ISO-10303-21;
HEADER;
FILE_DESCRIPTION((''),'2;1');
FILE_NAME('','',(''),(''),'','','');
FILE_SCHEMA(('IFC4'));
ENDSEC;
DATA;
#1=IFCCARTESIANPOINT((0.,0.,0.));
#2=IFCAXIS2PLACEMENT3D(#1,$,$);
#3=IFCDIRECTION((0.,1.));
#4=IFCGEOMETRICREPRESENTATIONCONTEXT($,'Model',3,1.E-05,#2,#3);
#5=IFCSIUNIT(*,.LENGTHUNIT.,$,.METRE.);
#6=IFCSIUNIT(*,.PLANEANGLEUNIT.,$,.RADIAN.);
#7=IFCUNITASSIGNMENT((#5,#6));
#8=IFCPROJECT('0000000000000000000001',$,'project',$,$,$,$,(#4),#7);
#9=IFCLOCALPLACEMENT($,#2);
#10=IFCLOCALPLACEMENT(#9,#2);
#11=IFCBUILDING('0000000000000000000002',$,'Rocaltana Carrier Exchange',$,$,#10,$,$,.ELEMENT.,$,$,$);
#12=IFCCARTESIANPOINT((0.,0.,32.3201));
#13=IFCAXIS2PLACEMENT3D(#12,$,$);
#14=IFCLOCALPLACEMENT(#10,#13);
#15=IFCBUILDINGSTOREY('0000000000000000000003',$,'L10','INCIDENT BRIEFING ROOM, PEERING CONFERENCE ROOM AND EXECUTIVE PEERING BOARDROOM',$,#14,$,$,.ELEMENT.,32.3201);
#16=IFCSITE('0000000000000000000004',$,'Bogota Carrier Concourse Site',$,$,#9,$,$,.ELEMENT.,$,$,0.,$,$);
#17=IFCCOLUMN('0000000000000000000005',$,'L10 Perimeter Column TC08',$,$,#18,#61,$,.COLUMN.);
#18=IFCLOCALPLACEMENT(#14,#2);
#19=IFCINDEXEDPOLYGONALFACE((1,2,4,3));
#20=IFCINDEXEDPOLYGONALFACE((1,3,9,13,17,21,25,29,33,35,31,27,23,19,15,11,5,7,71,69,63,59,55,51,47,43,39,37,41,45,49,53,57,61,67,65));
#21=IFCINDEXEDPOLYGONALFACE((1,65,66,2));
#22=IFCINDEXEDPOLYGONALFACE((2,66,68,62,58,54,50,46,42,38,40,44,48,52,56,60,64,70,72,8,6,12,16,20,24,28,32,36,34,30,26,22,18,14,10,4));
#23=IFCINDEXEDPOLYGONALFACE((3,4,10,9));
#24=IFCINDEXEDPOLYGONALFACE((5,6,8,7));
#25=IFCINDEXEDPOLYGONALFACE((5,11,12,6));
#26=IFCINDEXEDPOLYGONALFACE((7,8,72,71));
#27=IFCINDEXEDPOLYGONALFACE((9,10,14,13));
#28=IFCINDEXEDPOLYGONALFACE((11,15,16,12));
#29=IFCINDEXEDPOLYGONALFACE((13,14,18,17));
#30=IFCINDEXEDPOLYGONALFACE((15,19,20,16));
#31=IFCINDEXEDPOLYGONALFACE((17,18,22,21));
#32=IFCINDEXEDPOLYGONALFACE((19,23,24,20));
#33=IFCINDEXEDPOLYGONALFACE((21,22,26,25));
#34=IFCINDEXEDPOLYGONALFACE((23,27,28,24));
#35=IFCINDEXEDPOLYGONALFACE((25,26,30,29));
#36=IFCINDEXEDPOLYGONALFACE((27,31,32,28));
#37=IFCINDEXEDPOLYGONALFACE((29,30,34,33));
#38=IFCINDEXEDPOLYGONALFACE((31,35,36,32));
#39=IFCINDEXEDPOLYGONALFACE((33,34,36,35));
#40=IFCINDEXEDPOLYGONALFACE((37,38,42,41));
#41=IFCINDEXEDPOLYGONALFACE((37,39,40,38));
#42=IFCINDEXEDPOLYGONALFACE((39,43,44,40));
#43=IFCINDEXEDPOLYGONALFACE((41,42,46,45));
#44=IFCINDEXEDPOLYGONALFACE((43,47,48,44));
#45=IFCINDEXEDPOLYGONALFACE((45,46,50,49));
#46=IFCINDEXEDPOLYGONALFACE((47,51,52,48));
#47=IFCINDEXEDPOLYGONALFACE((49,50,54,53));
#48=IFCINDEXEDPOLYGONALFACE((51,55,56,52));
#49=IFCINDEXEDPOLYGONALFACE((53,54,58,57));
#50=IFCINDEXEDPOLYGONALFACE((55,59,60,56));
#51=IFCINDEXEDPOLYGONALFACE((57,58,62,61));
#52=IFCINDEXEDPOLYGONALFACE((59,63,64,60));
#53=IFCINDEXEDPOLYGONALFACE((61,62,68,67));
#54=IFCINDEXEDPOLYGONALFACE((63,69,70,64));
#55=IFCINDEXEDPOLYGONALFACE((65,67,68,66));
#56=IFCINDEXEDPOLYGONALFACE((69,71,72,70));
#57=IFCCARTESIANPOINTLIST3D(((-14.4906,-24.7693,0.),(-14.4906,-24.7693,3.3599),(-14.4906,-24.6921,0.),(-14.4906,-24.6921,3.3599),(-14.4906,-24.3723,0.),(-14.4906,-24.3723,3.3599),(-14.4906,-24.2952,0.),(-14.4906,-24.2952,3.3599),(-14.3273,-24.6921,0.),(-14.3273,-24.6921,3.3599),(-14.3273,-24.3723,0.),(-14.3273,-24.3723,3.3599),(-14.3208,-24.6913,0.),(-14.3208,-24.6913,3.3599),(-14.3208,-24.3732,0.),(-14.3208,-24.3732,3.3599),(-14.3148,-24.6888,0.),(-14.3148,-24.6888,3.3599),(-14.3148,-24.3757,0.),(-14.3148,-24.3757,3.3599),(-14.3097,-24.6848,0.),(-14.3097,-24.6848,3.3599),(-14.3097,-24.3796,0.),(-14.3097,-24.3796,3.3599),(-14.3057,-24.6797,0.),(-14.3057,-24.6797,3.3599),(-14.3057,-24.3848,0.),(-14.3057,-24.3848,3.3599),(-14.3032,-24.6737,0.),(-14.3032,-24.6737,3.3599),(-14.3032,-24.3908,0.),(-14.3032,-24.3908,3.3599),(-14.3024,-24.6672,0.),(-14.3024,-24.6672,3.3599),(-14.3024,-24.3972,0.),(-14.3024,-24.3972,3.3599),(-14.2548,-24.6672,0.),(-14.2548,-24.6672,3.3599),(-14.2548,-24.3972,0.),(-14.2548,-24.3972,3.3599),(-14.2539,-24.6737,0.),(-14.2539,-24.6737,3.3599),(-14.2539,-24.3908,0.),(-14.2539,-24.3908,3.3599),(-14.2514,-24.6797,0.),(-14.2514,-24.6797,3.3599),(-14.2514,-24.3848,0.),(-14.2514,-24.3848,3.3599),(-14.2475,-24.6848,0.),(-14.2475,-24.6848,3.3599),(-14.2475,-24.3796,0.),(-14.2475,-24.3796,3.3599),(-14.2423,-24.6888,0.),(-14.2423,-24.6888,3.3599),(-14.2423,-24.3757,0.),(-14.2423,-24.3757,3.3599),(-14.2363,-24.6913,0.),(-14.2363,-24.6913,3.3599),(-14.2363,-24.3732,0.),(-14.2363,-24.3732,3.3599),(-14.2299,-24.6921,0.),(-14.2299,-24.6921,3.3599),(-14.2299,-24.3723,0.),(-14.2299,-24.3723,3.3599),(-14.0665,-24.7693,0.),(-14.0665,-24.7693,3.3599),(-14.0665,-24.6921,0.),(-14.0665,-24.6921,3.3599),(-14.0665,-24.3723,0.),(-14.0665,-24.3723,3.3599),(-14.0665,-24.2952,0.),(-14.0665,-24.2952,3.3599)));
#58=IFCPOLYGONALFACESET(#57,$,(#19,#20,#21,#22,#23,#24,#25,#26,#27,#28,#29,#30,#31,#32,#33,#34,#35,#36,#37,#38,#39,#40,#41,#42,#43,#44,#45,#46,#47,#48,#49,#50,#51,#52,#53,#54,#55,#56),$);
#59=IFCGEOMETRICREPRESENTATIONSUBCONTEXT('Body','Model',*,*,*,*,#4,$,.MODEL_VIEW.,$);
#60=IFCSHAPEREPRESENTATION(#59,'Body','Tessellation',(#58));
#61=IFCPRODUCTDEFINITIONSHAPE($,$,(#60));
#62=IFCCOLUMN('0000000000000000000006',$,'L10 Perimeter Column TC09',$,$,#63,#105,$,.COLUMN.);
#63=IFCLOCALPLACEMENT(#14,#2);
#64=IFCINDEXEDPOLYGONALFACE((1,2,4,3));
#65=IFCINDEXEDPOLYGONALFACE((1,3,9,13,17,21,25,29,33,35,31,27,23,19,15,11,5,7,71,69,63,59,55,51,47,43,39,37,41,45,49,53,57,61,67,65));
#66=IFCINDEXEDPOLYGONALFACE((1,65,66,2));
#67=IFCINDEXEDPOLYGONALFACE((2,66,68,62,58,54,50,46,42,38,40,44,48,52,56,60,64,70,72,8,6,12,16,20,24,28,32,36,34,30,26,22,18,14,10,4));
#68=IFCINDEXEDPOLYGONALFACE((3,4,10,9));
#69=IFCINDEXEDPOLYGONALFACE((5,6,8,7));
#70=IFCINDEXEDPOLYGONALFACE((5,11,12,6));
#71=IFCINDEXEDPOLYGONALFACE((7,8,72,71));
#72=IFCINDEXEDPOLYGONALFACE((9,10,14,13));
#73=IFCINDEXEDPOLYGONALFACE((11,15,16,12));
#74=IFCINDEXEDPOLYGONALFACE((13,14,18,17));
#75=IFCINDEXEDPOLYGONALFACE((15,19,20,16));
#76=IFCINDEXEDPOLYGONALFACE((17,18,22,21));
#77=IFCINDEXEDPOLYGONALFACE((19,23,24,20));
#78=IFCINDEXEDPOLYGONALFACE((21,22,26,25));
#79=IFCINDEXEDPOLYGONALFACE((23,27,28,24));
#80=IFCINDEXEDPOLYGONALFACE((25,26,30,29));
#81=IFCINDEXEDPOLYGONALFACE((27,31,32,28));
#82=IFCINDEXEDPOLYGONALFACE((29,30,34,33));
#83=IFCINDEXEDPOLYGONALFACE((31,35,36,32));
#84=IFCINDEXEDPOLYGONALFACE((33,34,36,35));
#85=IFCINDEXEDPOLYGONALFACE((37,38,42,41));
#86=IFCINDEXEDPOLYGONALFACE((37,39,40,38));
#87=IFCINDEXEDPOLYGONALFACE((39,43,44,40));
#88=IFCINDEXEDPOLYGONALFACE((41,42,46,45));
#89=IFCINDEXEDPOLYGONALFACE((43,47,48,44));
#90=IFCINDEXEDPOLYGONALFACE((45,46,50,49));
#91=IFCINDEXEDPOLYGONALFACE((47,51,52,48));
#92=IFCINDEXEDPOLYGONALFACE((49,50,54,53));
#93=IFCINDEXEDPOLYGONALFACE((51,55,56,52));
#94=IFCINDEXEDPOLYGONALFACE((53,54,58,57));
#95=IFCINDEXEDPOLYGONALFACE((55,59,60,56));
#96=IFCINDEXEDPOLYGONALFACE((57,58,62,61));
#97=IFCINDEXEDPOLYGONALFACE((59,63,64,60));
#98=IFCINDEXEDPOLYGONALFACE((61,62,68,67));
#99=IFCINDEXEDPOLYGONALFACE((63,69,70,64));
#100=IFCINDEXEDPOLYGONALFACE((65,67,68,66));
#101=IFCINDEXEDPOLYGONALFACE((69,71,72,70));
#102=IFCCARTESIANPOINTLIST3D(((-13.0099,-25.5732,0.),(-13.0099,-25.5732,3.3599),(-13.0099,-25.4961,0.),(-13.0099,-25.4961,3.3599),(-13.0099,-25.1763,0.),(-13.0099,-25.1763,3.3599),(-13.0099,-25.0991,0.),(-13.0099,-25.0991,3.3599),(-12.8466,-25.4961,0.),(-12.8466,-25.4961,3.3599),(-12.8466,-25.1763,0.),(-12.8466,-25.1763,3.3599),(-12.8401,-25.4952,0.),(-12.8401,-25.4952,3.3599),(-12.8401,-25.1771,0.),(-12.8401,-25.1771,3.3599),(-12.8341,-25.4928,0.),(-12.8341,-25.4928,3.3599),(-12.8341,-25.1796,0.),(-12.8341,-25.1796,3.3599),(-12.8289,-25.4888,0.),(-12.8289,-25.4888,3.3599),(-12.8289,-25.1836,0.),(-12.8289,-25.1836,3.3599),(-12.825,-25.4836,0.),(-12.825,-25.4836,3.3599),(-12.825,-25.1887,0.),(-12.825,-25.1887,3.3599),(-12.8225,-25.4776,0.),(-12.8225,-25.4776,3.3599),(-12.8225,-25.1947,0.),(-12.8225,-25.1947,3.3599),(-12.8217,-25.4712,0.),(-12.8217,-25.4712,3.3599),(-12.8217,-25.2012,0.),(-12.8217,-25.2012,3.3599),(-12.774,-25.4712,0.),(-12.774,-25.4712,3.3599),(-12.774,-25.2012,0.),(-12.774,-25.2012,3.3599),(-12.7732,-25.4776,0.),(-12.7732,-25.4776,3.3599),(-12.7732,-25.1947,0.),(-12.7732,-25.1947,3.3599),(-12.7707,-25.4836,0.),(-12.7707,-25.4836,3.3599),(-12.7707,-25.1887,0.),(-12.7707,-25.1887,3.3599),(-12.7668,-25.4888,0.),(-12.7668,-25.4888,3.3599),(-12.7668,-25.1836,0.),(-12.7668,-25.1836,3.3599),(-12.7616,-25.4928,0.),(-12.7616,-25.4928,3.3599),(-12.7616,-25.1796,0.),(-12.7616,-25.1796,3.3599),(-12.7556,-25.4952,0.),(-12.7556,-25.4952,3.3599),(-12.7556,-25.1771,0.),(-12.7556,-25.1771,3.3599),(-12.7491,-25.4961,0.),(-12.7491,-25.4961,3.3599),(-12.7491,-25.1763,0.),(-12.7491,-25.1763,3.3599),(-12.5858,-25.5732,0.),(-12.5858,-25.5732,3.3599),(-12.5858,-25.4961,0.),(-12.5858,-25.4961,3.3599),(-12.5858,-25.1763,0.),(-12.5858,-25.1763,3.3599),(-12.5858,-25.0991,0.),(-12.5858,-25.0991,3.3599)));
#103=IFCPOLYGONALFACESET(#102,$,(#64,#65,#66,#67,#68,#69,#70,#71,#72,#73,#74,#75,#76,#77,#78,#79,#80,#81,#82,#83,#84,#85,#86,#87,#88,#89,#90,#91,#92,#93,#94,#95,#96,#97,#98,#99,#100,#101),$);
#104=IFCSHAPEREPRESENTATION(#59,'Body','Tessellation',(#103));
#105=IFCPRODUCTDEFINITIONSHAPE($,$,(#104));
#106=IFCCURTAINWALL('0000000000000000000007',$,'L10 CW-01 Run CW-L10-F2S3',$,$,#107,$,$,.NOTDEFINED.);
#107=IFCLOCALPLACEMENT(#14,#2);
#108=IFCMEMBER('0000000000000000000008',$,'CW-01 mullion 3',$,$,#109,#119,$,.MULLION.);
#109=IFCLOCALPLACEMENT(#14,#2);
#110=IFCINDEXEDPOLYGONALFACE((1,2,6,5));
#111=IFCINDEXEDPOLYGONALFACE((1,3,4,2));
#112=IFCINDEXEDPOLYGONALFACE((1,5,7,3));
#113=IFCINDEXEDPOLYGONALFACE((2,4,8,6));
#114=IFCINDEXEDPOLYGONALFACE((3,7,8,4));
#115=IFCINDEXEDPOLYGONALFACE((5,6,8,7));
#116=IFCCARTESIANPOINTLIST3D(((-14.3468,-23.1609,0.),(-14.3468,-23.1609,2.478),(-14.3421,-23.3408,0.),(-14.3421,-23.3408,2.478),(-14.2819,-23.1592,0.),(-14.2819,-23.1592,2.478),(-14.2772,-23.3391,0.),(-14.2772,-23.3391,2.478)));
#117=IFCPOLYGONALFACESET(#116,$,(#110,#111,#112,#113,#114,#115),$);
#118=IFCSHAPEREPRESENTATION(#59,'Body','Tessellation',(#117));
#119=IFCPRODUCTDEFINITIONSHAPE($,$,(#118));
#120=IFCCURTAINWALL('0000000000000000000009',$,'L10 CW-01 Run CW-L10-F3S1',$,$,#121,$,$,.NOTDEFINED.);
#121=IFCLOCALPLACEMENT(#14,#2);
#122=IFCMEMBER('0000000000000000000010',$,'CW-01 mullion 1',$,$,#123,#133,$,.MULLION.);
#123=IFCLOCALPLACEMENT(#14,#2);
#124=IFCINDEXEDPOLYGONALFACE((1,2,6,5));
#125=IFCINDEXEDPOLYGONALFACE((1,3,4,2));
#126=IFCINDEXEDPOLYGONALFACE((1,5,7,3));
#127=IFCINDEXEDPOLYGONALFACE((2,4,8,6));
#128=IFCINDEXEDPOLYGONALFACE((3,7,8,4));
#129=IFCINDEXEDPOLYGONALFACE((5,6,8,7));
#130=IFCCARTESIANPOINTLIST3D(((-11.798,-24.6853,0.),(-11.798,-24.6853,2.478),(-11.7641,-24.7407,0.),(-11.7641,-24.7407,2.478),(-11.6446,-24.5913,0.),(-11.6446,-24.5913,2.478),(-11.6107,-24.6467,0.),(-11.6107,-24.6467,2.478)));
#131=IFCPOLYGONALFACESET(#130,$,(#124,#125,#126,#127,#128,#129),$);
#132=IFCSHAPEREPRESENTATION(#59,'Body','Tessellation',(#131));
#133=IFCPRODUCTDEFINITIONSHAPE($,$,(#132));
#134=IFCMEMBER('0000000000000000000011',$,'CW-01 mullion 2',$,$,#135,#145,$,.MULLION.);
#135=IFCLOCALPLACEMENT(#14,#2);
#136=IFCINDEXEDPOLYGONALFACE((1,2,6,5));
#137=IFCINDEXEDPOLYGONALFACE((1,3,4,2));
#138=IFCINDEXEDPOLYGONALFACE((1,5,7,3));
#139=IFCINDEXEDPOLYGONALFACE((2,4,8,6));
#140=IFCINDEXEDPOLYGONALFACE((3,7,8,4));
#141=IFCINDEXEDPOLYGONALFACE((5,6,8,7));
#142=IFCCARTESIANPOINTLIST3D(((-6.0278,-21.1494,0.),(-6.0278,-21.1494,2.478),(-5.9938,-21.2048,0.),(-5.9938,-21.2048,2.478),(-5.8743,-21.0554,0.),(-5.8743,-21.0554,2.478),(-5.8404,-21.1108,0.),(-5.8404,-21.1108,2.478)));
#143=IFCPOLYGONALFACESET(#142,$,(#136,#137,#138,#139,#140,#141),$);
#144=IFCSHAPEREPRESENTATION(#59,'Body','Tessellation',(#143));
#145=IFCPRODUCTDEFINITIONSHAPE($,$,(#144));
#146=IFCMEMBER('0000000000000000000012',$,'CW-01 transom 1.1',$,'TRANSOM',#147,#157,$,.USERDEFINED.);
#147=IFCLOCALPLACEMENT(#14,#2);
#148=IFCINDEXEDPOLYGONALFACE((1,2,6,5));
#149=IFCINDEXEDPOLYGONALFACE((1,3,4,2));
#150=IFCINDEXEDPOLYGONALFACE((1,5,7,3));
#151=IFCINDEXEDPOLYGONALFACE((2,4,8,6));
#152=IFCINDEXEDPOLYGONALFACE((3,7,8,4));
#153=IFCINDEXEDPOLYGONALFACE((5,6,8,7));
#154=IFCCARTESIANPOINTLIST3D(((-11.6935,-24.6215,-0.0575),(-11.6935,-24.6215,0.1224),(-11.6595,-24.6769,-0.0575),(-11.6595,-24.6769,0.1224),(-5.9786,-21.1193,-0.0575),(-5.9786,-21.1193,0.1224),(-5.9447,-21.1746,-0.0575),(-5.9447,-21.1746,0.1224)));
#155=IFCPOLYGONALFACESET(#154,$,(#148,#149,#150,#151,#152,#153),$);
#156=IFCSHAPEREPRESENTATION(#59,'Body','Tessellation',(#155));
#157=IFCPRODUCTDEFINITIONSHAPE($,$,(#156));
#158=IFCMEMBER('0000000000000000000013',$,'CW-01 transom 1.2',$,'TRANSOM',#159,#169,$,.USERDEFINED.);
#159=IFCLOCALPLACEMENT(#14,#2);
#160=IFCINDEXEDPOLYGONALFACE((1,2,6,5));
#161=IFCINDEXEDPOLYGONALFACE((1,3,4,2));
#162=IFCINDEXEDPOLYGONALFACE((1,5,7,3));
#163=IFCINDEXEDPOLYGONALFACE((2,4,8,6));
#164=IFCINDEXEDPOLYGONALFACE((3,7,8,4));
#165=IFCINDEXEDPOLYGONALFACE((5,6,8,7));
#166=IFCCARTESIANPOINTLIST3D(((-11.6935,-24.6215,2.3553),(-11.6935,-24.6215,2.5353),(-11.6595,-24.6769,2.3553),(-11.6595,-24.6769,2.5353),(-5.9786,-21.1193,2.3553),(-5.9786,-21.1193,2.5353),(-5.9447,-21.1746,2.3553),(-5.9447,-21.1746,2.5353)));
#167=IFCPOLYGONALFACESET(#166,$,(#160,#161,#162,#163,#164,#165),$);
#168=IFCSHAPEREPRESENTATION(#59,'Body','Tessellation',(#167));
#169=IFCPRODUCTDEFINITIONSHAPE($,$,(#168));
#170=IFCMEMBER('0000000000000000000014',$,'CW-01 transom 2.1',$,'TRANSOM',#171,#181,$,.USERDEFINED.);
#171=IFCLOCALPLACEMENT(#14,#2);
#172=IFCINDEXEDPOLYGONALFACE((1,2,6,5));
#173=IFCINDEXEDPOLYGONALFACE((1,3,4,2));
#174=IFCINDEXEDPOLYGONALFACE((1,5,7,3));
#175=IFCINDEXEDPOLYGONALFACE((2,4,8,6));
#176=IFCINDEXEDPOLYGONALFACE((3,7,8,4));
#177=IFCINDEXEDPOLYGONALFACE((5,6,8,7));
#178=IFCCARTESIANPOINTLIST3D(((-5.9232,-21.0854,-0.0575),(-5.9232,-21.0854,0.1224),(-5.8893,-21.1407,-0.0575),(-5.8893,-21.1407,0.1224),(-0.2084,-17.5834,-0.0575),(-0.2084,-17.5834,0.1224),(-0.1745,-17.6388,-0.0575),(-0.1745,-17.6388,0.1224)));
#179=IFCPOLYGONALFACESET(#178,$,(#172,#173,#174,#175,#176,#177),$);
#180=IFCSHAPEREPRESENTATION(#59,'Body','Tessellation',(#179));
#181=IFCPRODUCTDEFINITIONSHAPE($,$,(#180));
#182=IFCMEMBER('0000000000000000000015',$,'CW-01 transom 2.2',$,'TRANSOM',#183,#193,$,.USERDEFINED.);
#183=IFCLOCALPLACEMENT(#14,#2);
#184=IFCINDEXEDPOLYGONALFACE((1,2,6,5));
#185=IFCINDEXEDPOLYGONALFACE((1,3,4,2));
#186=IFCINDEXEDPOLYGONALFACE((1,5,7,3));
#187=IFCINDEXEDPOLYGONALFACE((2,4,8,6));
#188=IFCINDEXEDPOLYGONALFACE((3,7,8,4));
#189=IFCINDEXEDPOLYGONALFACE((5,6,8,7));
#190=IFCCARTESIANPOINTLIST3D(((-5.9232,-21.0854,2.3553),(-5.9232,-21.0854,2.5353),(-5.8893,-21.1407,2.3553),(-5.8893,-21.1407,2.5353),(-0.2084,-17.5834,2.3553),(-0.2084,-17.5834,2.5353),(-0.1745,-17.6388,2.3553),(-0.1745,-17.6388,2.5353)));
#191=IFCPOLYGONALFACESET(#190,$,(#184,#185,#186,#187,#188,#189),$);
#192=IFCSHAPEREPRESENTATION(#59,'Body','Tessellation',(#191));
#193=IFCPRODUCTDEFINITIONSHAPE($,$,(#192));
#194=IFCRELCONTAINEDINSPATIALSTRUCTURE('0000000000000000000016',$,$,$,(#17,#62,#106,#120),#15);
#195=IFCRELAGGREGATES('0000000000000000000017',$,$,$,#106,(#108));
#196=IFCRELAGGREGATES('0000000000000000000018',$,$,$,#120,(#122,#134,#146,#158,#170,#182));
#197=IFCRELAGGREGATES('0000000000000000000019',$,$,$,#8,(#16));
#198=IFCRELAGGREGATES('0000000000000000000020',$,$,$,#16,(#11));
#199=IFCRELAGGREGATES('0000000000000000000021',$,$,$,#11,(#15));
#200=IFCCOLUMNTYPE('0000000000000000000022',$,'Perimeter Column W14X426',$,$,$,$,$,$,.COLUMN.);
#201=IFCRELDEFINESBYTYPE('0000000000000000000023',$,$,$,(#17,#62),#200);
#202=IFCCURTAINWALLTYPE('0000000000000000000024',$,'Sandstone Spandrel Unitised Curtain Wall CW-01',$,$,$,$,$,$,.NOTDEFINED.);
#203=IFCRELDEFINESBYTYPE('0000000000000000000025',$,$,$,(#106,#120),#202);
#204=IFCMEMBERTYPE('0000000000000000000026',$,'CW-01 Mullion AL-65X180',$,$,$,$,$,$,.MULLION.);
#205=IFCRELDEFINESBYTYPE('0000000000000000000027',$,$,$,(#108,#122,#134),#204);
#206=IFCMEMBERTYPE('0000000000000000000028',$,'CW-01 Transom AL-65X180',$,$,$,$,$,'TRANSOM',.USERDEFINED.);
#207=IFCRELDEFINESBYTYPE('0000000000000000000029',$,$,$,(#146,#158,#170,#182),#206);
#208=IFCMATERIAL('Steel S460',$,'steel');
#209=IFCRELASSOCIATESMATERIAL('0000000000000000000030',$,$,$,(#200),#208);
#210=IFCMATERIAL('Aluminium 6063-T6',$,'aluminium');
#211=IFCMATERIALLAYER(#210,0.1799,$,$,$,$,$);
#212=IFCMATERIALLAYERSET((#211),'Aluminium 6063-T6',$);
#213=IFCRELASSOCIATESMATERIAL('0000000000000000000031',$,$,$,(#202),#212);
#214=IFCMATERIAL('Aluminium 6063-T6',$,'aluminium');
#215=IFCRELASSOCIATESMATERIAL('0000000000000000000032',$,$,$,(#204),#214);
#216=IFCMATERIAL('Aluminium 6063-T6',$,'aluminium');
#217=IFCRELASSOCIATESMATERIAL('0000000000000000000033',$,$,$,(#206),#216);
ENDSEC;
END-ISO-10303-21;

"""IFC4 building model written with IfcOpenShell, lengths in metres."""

from ifc_helpers import new_model, si_unit, direction, frame, origin, origin_2d, place, context, subcontext, project, spatial, rectangle, i_section, extrude, material, layer, layer_set, material_profile, profile_set, type_object, element, aggregate, save


model = new_model("IFC4")

# Units and contexts
model_context = context("Model", 3, precision=1e-05, world=origin(), true_north=direction((0.0, 1.0)))
body_context = subcontext(model_context, "Body", "Model", "MODEL_VIEW")
ifc_project = project(units=[si_unit("LENGTHUNIT", "METRE"), si_unit("PLANEANGLEUNIT", "RADIAN")], contexts=[model_context])

# Site, building, storey
site_placement = place(None, origin())
site = spatial("IfcSite", under=ifc_project, at=site_placement, Name="Bogota Carrier Concourse Site", CompositionType="ELEMENT", RefElevation=0.0)
building_placement = place(site_placement, origin())
building = spatial("IfcBuilding", under=site, at=building_placement, Name="Rocaltana Carrier Exchange", CompositionType="ELEMENT")
storey_placement = place(building_placement, frame((0.0, 0.0, 32.3201)))
storey = spatial("IfcBuildingStorey", under=building, at=storey_placement, Name="L10", Description="INCIDENT BRIEFING ROOM, PEERING CONFERENCE ROOM AND EXECUTIVE PEERING BOARDROOM", CompositionType="ELEMENT", Elevation=32.3201)

# Columns
ifc_material_1 = material(Name="Steel S460", Category="steel")
ifc_material_profile_1 = material_profile(ifc_material_1, i_section(OverallWidth=0.4241, OverallDepth=0.4741, WebThickness=0.0476, FlangeThickness=0.0771, FilletRadius=0.0249, at=origin_2d()), Name="W14X426")
ifc_profile_set_1 = profile_set([ifc_material_profile_1], Name="Steel S460")
column_type = type_object("IfcColumnType", Name="Perimeter Column W14X426", PredefinedType="COLUMN", material=ifc_profile_set_1)
for number, where, z_axis, x_axis, name in (
    (1, (-14.2786, -24.5322, 0.0), (0.0, 0.0, 1.0), (1.0, 0.0, 0.0), "L10 Perimeter Column TC08"),
    (2, (-12.7979, -25.3362, 0.0), (0.0, 0.0, 1.0), (1.0, 0.0, 0.0), "L10 Perimeter Column TC09"),
):
    element("IfcColumn", number, at=place(storey_placement, frame(where, z_axis=z_axis, x_axis=x_axis)), inside=storey, type_object=column_type, Name=name, PredefinedType="COLUMN", context=body_context, shape_type="SweptSolid", body=[
        extrude(i_section(OverallWidth=0.4241, OverallDepth=0.4741, WebThickness=0.0476, FlangeThickness=0.0771, FilletRadius=0.0249, at=origin_2d()), origin(), (0.0, 0.0, 1.0), 3.3599),
    ])

# Curtain wall, member
ifc_material_2 = material(Name="Aluminium 6063-T6", Category="aluminium")
ifc_layer_1 = layer(ifc_material_2, 0.1799)
ifc_layer_set_1 = layer_set([ifc_layer_1], Name="Aluminium 6063-T6")
curtain_wall_type = type_object("IfcCurtainWallType", Name="Sandstone Spandrel Unitised Curtain Wall CW-01", PredefinedType="NOTDEFINED", material=ifc_layer_set_1)
curtain_wall_1_placement = place(storey_placement, origin())
curtain_wall_1 = element("IfcCurtainWall", 3, at=curtain_wall_1_placement, inside=storey, type_object=curtain_wall_type, Name="L10 CW-01 Run CW-L10-F2S3", PredefinedType="NOTDEFINED")
ifc_material_3 = material(Name="Aluminium 6063-T6", Category="aluminium")
ifc_material_profile_2 = material_profile(ifc_material_3, rectangle(XDim=0.0649, YDim=0.1799, at=origin_2d()), Name="AL-65X180")
ifc_profile_set_2 = profile_set([ifc_material_profile_2], Name="Aluminium 6063-T6")
member_type_1 = type_object("IfcMemberType", Name="CW-01 Mullion AL-65X180", PredefinedType="MULLION", material=ifc_profile_set_2)
member_1_placement = place(storey_placement, frame((-14.312, -23.25, 0.0), z_axis=(0.0, 0.0, 1.0), x_axis=(0.999657, 0.026184, 0.0)))
member_1 = element("IfcMember", 4, at=member_1_placement, type_object=member_type_1, Name="CW-01 mullion 3", PredefinedType="MULLION", context=body_context, shape_type="SweptSolid", body=[
    extrude(rectangle(XDim=0.0649, YDim=0.1799, at=origin_2d()), origin(), (0.0, 0.0, 1.0), 2.478),
])
aggregate(curtain_wall_1, [member_1])

# Curtain wall, members
curtain_wall_2_placement = place(storey_placement, origin())
curtain_wall_2 = element("IfcCurtainWall", 5, at=curtain_wall_2_placement, inside=storey, type_object=curtain_wall_type, Name="L10 CW-01 Run CW-L10-F3S1", PredefinedType="NOTDEFINED")
member_2_placement = place(storey_placement, frame((-11.7043, -24.666, 0.0), z_axis=(0.0, 0.0, 1.0), x_axis=(-0.522505, 0.852636, 0.0)))
member_2 = element("IfcMember", 6, at=member_2_placement, type_object=member_type_1, Name="CW-01 mullion 1", PredefinedType="MULLION", context=body_context, shape_type="SweptSolid", body=[
    extrude(rectangle(XDim=0.0649, YDim=0.1799, at=origin_2d()), origin(), (0.0, 0.0, 1.0), 2.478),
])
member_3_placement = place(storey_placement, frame((-5.9341, -21.1301, 0.0), z_axis=(0.0, 0.0, 1.0), x_axis=(-0.522505, 0.852636, 0.0)))
member_3 = element("IfcMember", 7, at=member_3_placement, type_object=member_type_1, Name="CW-01 mullion 2", PredefinedType="MULLION", context=body_context, shape_type="SweptSolid", body=[
    extrude(rectangle(XDim=0.0649, YDim=0.1799, at=origin_2d()), origin(), (0.0, 0.0, 1.0), 2.478),
])
ifc_material_4 = material(Name="Aluminium 6063-T6", Category="aluminium")
ifc_material_profile_3 = material_profile(ifc_material_4, rectangle(XDim=0.0649, YDim=0.1799, at=origin_2d()), Name="AL-65X180")
ifc_profile_set_3 = profile_set([ifc_material_profile_3], Name="Aluminium 6063-T6")
member_type_2 = type_object("IfcMemberType", Name="CW-01 Transom AL-65X180", ElementType="TRANSOM", PredefinedType="USERDEFINED", material=ifc_profile_set_3)
member_4_placement = place(storey_placement, frame((-11.6765, -24.6492, 0.0325), z_axis=(0.852631, 0.522513, 0.0), x_axis=(-0.522513, 0.852631, 0.0)))
member_4 = element("IfcMember", 8, at=member_4_placement, type_object=member_type_2, Name="CW-01 transom 1.1", ObjectType="TRANSOM", PredefinedType="USERDEFINED", context=body_context, shape_type="SweptSolid", body=[
    extrude(rectangle(XDim=0.0649, YDim=0.1799, at=origin_2d()), origin(), (0.0, 0.0, 1.0), 6.7026),
])
member_5_placement = place(storey_placement, frame((-11.6765, -24.6492, 2.4453), z_axis=(0.852631, 0.522513, 0.0), x_axis=(-0.522513, 0.852631, 0.0)))
member_5 = element("IfcMember", 9, at=member_5_placement, type_object=member_type_2, Name="CW-01 transom 1.2", ObjectType="TRANSOM", PredefinedType="USERDEFINED", context=body_context, shape_type="SweptSolid", body=[
    extrude(rectangle(XDim=0.0649, YDim=0.1799, at=origin_2d()), origin(), (0.0, 0.0, 1.0), 6.7026),
])
member_6_placement = place(storey_placement, frame((-5.9062, -21.113, 0.0325), z_axis=(0.852647, 0.522487, 0.0), x_axis=(-0.522487, 0.852647, 0.0)))
member_6 = element("IfcMember", 10, at=member_6_placement, type_object=member_type_2, Name="CW-01 transom 2.1", ObjectType="TRANSOM", PredefinedType="USERDEFINED", context=body_context, shape_type="SweptSolid", body=[
    extrude(rectangle(XDim=0.0649, YDim=0.1799, at=origin_2d()), origin(), (0.0, 0.0, 1.0), 6.7024),
])
member_7_placement = place(storey_placement, frame((-5.9062, -21.113, 2.4453), z_axis=(0.852647, 0.522487, 0.0), x_axis=(-0.522487, 0.852647, 0.0)))
member_7 = element("IfcMember", 11, at=member_7_placement, type_object=member_type_2, Name="CW-01 transom 2.2", ObjectType="TRANSOM", PredefinedType="USERDEFINED", context=body_context, shape_type="SweptSolid", body=[
    extrude(rectangle(XDim=0.0649, YDim=0.1799, at=origin_2d()), origin(), (0.0, 0.0, 1.0), 6.7024),
])

aggregate(curtain_wall_2, [member_2, member_3, member_4, member_5, member_6, member_7])

save(model, "model.ifc")
